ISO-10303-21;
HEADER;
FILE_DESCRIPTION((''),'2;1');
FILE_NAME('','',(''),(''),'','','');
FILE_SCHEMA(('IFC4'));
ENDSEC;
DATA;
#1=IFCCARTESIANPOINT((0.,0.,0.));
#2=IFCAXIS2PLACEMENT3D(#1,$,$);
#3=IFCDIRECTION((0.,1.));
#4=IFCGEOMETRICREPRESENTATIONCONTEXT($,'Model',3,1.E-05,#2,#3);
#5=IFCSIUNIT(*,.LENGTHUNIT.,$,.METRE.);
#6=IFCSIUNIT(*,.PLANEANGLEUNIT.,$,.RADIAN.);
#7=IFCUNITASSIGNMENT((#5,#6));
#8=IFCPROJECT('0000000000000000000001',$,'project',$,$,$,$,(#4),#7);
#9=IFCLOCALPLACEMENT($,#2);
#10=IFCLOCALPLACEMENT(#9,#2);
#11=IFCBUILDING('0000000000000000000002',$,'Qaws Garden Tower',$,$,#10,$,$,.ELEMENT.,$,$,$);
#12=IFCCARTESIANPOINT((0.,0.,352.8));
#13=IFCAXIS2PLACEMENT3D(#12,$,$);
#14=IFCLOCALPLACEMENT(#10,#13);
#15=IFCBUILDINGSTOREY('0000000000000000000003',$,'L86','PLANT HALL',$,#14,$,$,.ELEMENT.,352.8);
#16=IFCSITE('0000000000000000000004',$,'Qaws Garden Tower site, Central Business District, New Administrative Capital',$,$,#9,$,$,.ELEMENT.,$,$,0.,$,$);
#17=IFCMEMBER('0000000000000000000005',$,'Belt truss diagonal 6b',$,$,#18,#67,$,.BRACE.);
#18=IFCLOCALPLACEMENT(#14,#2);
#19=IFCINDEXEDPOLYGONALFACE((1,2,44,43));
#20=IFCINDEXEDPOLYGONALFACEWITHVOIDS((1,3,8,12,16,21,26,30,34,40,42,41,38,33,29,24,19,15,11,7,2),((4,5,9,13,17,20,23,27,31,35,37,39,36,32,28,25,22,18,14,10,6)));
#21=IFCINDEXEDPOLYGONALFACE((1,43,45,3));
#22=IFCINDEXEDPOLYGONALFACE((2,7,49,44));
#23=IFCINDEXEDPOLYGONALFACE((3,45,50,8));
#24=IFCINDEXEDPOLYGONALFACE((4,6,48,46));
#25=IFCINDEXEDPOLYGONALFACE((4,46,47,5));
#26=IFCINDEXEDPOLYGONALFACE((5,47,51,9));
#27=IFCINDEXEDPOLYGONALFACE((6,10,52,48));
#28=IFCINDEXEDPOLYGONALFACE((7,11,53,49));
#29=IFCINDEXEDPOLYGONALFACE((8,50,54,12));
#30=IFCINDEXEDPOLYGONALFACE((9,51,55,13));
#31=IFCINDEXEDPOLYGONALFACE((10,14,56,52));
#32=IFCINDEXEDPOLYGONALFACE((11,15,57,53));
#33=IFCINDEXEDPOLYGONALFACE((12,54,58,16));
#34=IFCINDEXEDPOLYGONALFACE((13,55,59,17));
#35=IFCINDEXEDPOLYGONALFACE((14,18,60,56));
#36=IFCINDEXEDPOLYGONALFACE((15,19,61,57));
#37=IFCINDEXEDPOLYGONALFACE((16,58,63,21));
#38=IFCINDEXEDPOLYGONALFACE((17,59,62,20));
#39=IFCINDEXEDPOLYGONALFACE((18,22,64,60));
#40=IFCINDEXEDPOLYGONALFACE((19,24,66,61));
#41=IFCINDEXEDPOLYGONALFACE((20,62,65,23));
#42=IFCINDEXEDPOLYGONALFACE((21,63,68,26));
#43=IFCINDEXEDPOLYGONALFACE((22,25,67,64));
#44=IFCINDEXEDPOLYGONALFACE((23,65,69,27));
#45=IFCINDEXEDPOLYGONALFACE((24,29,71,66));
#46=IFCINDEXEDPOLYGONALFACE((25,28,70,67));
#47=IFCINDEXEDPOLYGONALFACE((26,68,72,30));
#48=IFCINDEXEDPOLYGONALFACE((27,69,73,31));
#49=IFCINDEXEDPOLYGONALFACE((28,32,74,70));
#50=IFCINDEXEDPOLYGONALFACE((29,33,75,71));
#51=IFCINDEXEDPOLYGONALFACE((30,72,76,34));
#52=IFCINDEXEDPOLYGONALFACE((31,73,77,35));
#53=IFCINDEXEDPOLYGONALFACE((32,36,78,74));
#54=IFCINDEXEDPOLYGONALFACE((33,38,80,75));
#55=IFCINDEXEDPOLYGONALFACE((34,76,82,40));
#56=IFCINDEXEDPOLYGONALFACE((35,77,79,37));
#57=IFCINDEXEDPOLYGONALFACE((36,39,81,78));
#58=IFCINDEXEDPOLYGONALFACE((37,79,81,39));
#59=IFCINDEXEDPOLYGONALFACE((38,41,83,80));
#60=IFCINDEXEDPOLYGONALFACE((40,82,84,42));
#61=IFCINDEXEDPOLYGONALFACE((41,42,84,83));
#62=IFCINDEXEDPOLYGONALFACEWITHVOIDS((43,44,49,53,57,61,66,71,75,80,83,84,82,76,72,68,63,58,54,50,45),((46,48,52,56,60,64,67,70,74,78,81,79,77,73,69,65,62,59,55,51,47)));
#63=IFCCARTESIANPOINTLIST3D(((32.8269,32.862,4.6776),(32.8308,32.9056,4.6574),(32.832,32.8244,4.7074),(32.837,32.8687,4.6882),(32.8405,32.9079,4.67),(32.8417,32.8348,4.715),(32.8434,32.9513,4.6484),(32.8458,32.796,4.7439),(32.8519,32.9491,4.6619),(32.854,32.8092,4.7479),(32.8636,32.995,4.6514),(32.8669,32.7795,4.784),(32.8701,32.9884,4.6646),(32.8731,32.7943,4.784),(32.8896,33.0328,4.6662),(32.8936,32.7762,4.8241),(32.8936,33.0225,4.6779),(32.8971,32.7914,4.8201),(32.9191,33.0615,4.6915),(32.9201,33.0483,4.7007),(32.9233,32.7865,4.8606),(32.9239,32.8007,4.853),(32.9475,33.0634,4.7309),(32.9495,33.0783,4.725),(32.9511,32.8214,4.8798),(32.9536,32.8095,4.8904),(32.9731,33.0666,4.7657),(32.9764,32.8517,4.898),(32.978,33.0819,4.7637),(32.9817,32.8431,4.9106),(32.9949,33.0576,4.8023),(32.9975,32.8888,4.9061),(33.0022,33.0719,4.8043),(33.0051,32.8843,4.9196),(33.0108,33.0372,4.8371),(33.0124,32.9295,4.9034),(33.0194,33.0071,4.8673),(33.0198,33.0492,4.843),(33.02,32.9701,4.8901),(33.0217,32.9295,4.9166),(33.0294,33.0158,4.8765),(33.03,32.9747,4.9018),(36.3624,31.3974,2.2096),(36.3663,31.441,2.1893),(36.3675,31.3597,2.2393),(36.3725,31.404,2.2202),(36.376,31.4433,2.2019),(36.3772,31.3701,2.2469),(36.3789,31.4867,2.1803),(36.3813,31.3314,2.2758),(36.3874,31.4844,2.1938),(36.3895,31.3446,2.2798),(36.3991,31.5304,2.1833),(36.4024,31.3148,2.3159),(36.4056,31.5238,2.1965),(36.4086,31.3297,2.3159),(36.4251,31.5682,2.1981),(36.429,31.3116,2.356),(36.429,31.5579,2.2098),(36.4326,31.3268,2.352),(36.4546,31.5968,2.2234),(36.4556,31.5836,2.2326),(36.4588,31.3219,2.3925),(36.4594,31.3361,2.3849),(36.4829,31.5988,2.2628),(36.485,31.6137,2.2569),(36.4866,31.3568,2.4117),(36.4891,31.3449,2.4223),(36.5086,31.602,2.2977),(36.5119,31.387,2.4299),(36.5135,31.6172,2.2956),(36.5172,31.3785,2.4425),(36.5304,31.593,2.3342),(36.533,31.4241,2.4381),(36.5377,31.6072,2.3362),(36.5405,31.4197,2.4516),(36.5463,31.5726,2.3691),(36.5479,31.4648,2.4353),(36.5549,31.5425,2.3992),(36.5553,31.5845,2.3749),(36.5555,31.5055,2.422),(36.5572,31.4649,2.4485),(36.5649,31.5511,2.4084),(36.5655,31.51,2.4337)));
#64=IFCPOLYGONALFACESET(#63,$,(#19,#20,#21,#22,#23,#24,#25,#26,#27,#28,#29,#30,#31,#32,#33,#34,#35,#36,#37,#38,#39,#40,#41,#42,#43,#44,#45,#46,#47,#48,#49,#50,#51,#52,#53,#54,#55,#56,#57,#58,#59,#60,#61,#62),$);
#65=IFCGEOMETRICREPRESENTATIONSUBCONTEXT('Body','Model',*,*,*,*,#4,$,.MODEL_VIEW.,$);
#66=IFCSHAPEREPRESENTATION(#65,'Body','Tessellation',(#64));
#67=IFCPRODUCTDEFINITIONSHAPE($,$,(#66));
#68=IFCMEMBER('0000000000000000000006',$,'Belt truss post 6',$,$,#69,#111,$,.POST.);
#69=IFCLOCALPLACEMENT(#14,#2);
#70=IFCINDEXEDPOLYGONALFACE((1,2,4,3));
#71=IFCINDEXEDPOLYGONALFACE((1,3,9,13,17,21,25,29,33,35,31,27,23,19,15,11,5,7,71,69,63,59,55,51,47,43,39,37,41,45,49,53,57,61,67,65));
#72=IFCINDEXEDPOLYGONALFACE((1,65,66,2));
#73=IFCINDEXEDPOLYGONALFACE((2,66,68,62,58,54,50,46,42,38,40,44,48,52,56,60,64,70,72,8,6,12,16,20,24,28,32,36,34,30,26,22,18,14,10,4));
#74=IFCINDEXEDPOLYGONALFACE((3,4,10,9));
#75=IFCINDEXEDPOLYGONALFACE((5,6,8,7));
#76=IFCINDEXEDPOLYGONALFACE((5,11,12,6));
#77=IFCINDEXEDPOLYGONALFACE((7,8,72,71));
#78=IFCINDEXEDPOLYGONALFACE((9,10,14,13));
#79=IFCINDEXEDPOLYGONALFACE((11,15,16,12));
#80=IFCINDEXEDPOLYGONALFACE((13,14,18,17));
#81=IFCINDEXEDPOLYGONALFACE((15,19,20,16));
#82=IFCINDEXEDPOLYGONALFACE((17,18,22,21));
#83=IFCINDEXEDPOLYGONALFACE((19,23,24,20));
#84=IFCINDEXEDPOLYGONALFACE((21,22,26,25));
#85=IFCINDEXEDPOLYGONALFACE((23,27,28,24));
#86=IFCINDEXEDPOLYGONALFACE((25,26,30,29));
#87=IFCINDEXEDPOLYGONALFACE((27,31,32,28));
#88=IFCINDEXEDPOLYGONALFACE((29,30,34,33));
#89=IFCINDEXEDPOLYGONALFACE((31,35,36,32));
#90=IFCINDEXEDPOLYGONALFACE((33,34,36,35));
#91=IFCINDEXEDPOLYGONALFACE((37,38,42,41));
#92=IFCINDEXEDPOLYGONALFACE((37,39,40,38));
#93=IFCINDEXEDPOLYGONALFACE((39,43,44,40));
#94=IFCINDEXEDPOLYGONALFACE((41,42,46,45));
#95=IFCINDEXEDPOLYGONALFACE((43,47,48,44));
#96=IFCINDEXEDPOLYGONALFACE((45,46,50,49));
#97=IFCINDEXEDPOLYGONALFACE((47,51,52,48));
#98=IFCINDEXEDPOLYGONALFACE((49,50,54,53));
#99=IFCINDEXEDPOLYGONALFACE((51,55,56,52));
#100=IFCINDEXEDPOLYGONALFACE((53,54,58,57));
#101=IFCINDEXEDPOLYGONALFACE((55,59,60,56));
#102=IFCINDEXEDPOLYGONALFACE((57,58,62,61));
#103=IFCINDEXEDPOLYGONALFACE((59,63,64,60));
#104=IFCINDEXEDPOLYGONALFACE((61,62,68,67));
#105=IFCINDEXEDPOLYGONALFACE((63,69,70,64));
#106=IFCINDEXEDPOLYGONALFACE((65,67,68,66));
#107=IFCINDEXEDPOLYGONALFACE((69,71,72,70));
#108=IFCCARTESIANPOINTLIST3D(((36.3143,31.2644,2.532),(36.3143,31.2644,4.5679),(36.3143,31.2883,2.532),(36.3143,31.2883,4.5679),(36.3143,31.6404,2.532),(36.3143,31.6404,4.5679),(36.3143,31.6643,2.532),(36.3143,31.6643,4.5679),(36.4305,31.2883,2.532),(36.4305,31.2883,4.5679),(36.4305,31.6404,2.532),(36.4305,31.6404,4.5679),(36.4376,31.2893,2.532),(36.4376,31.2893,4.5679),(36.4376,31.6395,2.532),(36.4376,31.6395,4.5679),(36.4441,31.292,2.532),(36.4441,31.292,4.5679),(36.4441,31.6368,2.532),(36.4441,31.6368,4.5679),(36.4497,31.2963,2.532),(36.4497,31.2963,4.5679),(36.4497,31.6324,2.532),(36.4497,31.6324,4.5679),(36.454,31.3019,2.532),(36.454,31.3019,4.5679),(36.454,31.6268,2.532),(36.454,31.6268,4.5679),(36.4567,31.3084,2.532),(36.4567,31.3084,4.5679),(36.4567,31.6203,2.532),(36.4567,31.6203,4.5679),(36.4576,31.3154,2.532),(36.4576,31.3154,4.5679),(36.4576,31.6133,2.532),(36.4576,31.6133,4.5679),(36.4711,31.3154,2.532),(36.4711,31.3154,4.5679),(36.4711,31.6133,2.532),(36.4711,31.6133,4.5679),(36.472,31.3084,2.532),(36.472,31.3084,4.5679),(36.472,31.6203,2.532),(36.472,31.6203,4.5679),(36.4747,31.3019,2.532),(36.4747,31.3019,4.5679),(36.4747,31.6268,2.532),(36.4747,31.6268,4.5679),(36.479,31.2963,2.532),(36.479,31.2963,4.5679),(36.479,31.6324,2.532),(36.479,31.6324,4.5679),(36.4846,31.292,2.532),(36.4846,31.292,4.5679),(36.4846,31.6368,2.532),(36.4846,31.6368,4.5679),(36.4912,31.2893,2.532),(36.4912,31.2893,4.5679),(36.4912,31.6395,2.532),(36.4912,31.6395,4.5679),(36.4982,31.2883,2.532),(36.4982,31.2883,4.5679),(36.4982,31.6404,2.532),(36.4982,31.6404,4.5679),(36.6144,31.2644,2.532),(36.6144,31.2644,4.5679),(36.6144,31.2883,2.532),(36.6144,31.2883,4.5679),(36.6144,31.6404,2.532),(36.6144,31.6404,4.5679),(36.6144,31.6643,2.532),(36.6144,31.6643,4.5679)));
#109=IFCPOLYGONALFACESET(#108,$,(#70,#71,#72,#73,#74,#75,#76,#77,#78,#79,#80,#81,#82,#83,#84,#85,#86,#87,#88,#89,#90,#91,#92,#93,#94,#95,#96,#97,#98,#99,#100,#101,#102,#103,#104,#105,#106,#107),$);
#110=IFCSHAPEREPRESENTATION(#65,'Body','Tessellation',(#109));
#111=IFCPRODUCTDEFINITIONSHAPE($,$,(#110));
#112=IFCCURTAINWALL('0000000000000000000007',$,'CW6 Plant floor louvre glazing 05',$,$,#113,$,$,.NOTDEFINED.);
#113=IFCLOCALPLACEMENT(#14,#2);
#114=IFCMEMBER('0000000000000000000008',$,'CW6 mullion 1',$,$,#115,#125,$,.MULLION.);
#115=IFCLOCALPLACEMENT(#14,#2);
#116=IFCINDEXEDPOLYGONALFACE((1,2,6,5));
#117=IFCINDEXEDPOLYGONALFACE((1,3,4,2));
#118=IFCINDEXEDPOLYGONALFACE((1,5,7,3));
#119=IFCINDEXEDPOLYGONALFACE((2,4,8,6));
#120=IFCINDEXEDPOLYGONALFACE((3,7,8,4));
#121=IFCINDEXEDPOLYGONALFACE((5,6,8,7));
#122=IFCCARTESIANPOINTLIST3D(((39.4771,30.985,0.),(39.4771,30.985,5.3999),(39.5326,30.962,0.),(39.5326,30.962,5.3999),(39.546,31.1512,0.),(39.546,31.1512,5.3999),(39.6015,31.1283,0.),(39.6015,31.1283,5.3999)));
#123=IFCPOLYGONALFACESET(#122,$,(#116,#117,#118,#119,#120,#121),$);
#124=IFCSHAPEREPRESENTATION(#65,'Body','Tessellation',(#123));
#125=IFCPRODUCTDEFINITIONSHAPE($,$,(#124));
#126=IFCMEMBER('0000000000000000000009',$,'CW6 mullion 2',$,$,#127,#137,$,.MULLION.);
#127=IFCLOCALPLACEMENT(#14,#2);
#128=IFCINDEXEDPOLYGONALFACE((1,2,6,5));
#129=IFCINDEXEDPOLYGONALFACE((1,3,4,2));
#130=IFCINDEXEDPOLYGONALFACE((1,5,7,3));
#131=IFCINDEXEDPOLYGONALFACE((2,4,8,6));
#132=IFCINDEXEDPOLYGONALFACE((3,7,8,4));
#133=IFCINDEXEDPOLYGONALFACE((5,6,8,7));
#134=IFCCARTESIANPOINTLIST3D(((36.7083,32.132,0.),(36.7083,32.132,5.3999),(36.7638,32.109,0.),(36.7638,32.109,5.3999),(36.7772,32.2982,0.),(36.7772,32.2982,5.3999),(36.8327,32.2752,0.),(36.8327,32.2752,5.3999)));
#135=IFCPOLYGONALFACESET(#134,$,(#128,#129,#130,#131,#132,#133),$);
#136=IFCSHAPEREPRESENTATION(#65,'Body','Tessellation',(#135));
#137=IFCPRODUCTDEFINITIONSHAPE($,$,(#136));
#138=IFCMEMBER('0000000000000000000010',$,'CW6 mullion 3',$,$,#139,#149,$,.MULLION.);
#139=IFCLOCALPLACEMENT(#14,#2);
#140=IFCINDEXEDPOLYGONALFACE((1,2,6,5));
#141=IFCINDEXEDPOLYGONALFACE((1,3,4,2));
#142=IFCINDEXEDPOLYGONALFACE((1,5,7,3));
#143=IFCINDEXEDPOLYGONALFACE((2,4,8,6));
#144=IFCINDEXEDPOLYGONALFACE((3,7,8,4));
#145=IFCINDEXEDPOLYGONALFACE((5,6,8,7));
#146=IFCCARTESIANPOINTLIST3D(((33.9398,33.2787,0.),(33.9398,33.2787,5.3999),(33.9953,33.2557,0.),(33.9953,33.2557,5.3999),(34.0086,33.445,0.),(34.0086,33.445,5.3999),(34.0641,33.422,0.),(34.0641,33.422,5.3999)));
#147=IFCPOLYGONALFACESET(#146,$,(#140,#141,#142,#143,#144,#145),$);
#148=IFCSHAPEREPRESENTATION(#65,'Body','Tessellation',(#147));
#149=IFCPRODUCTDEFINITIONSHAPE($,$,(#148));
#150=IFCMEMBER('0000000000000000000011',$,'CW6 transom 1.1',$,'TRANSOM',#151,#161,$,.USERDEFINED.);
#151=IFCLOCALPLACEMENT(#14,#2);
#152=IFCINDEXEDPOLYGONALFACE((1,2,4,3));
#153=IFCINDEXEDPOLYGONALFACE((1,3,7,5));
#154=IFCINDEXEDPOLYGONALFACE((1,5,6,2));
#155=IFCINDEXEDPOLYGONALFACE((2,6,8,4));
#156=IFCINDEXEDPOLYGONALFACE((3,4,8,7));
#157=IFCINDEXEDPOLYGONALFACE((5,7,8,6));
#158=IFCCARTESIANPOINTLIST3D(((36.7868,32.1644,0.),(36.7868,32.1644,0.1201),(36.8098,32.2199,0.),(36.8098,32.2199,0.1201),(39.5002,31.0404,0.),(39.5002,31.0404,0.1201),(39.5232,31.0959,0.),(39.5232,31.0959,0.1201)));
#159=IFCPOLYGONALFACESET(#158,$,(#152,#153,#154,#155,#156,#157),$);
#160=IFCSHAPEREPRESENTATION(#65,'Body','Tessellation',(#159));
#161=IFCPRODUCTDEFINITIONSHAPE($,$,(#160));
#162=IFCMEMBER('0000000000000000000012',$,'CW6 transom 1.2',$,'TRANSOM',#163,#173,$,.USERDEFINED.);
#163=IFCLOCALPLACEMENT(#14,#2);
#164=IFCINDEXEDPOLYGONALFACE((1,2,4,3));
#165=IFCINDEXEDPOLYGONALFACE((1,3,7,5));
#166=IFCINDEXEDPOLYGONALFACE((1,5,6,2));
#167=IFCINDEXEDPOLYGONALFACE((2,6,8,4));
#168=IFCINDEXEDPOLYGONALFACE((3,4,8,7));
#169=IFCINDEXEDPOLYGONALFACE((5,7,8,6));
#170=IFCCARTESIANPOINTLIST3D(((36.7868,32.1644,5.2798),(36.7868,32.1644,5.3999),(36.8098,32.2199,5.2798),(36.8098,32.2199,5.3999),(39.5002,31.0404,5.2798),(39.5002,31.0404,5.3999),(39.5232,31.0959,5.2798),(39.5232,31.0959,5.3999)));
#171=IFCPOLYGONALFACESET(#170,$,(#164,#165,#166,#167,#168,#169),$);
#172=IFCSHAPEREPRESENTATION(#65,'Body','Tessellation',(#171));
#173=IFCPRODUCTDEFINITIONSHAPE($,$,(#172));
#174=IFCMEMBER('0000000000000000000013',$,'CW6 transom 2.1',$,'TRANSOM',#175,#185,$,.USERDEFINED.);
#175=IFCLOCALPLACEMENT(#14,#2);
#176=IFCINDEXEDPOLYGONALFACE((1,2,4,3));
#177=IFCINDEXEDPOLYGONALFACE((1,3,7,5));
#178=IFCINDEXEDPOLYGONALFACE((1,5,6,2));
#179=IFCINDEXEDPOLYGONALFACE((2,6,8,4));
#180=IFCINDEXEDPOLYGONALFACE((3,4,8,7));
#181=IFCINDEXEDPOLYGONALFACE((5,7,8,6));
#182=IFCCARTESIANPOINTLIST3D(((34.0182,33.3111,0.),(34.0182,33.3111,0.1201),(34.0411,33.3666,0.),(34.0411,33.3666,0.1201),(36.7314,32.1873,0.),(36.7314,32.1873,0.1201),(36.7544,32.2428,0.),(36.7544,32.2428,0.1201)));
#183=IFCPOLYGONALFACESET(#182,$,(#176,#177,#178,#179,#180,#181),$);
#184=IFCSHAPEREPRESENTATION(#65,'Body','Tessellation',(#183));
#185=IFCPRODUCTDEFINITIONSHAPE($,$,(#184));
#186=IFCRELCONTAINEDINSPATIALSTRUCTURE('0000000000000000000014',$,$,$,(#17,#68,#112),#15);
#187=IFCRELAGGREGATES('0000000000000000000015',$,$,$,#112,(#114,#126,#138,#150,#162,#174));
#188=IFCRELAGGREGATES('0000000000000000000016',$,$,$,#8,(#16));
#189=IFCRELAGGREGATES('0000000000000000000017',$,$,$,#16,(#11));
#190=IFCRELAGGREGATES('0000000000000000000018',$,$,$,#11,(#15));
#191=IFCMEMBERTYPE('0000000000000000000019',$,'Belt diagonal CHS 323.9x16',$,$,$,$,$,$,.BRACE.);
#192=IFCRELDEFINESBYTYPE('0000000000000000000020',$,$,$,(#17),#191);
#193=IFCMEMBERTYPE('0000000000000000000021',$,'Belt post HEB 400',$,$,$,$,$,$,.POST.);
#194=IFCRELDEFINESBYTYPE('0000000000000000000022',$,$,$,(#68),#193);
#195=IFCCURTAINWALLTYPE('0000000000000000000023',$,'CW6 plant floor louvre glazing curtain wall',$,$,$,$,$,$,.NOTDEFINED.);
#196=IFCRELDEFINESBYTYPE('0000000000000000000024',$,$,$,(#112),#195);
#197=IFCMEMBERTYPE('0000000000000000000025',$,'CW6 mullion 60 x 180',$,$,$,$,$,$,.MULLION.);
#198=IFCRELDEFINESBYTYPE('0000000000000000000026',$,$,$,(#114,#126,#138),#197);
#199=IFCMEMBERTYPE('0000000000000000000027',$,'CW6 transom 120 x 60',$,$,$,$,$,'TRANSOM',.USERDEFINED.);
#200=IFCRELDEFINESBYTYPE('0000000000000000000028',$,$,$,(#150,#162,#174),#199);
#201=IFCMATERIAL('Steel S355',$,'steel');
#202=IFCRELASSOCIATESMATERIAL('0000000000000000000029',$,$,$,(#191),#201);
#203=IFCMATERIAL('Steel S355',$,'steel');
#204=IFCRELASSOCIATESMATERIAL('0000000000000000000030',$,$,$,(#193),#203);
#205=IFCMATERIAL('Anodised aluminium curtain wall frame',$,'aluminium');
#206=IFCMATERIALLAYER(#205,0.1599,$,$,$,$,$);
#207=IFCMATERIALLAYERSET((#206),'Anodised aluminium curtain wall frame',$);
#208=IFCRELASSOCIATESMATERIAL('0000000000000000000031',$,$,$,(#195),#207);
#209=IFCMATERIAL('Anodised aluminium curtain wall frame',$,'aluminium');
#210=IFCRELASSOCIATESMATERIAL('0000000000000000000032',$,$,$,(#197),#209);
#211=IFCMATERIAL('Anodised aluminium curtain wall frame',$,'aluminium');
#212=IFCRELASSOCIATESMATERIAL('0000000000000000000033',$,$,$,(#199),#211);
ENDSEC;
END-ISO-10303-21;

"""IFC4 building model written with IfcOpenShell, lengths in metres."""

from ifc_helpers import new_model, si_unit, direction, frame, origin, origin_2d, place, context, subcontext, project, spatial, rectangle, hollow_circle, i_section, extrude, material, layer, layer_set, material_profile, profile_set, type_object, element, aggregate, save


model = new_model("IFC4")

# Units and contexts
model_context = context("Model", 3, precision=1e-05, world=origin(), true_north=direction((0.0, 1.0)))
body_context = subcontext(model_context, "Body", "Model", "MODEL_VIEW")
ifc_project = project(units=[si_unit("LENGTHUNIT", "METRE"), si_unit("PLANEANGLEUNIT", "RADIAN")], contexts=[model_context])

# Site, building, storey
site_placement = place(None, origin())
site = spatial("IfcSite", under=ifc_project, at=site_placement, Name="Qaws Garden Tower site, Central Business District, New Administrative Capital", CompositionType="ELEMENT", RefElevation=0.0)
building_placement = place(site_placement, origin())
building = spatial("IfcBuilding", under=site, at=building_placement, Name="Qaws Garden Tower", CompositionType="ELEMENT")
storey_placement = place(building_placement, frame((0.0, 0.0, 352.8)))
storey = spatial("IfcBuildingStorey", under=building, at=storey_placement, Name="L86", Description="PLANT HALL", CompositionType="ELEMENT", Elevation=352.8)

# Members
ifc_material_1 = material(Name="Steel S355", Category="steel")
ifc_material_profile_1 = material_profile(ifc_material_1, hollow_circle(Radius=0.1619, WallThickness=0.0161, at=origin_2d()), Name="CHS 323.9x16")
ifc_profile_set_1 = profile_set([ifc_material_profile_1], Name="Steel S355")
member_type_1 = type_object("IfcMemberType", Name="Belt diagonal CHS 323.9x16", PredefinedType="BRACE", material=ifc_profile_set_1)
for number, where, z_axis, x_axis, name in (
    (1, (36.4644, 31.4644, 2.3159), (-0.776398, 0.321636, 0.541993), (-0.382726, -0.923862, 0.0), "Belt truss diagonal 6b"),
):
    element("IfcMember", number, at=place(storey_placement, frame(where, z_axis=z_axis, x_axis=x_axis)), inside=storey, type_object=member_type_1, Name=name, PredefinedType="BRACE", context=body_context, shape_type="SweptSolid", body=[
        extrude(hollow_circle(Radius=0.1619, WallThickness=0.0161, at=origin_2d()), origin(), (0.0, 0.0, 1.0), 4.5537),
    ])
ifc_material_2 = material(Name="Steel S355", Category="steel")
ifc_material_profile_2 = material_profile(ifc_material_2, i_section(OverallWidth=0.3, OverallDepth=0.3999, WebThickness=0.0134, FlangeThickness=0.0239, FilletRadius=0.0271, at=origin_2d()), Name="HEB 400")
ifc_profile_set_2 = profile_set([ifc_material_profile_2], Name="Steel S355")
member_type_2 = type_object("IfcMemberType", Name="Belt post HEB 400", PredefinedType="POST", material=ifc_profile_set_2)
member_1_placement = place(storey_placement, frame((36.4644, 31.4644, 2.532), z_axis=(0.0, 0.0, 1.0), x_axis=(1.0, 0.0, 0.0)))
element("IfcMember", 2, at=member_1_placement, inside=storey, type_object=member_type_2, Name="Belt truss post 6", PredefinedType="POST", context=body_context, shape_type="SweptSolid", body=[
    extrude(i_section(OverallWidth=0.3, OverallDepth=0.3999, WebThickness=0.0134, FlangeThickness=0.0239, FilletRadius=0.0271, at=origin_2d()), origin(), (0.0, 0.0, 1.0), 2.0359),
])

# Curtain wall, members
ifc_material_3 = material(Name="Anodised aluminium curtain wall frame", Category="aluminium")
ifc_layer_1 = layer(ifc_material_3, 0.1599)
ifc_layer_set_1 = layer_set([ifc_layer_1], Name="Anodised aluminium curtain wall frame")
curtain_wall_type = type_object("IfcCurtainWallType", Name="CW6 plant floor louvre glazing curtain wall", PredefinedType="NOTDEFINED", material=ifc_layer_set_1)
placement_1 = place(storey_placement, origin())
curtain_wall_1 = element("IfcCurtainWall", 3, at=placement_1, inside=storey, type_object=curtain_wall_type, Name="CW6 Plant floor louvre glazing 05", PredefinedType="NOTDEFINED")
ifc_material_4 = material(Name="Anodised aluminium curtain wall frame", Category="aluminium")
ifc_material_profile_3 = material_profile(ifc_material_4, rectangle(XDim=0.1799, YDim=0.0601, at=origin_2d()), Name="AL 60x180")
ifc_profile_set_3 = profile_set([ifc_material_profile_3], Name="Anodised aluminium curtain wall frame")
member_type_3 = type_object("IfcMemberType", Name="CW6 mullion 60 x 180", PredefinedType="MULLION", material=ifc_profile_set_3)
member_2_placement = place(storey_placement, frame((39.5393, 31.0566, 0.0), z_axis=(0.0, 0.0, 1.0), x_axis=(-0.382683, -0.92388, 0.0)))
member_2 = element("IfcMember", 4, at=member_2_placement, type_object=member_type_3, Name="CW6 mullion 1", PredefinedType="MULLION", context=body_context, shape_type="SweptSolid", body=[
    extrude(rectangle(XDim=0.1799, YDim=0.0601, at=origin_2d()), origin(), (0.0, 0.0, 1.0), 5.3999),
])
member_3_placement = place(storey_placement, frame((36.7705, 32.2036, 0.0), z_axis=(0.0, 0.0, 1.0), x_axis=(-0.382683, -0.92388, 0.0)))
member_3 = element("IfcMember", 5, at=member_3_placement, type_object=member_type_3, Name="CW6 mullion 2", PredefinedType="MULLION", context=body_context, shape_type="SweptSolid", body=[
    extrude(rectangle(XDim=0.1799, YDim=0.0601, at=origin_2d()), origin(), (0.0, 0.0, 1.0), 5.3999),
])
member_4_placement = place(storey_placement, frame((34.002, 33.3503, 0.0), z_axis=(0.0, 0.0, 1.0), x_axis=(-0.382683, -0.92388, 0.0)))
member_4 = element("IfcMember", 6, at=member_4_placement, type_object=member_type_3, Name="CW6 mullion 3", PredefinedType="MULLION", context=body_context, shape_type="SweptSolid", body=[
    extrude(rectangle(XDim=0.1799, YDim=0.0601, at=origin_2d()), origin(), (0.0, 0.0, 1.0), 5.3999),
])
ifc_material_5 = material(Name="Anodised aluminium curtain wall frame", Category="aluminium")
ifc_material_profile_4 = material_profile(ifc_material_5, rectangle(XDim=0.0601, YDim=0.1201, at=origin_2d()), Name="AL 60x120")
ifc_profile_set_4 = profile_set([ifc_material_profile_4], Name="Anodised aluminium curtain wall frame")
member_type_4 = type_object("IfcMemberType", Name="CW6 transom 120 x 60", ElementType="TRANSOM", PredefinedType="USERDEFINED", material=ifc_profile_set_4)
member_5_placement = place(storey_placement, frame((39.5117, 31.0681, 0.0601), z_axis=(-0.923867, 0.382714, 0.0), x_axis=(-0.382714, -0.923867, 0.0)))
member_5 = element("IfcMember", 7, at=member_5_placement, type_object=member_type_4, Name="CW6 transom 1.1", ObjectType="TRANSOM", PredefinedType="USERDEFINED", context=body_context, shape_type="SweptSolid", body=[
    extrude(rectangle(XDim=0.0601, YDim=0.1201, at=origin_2d()), origin(), (0.0, 0.0, 1.0), 2.937),
])
member_6_placement = place(storey_placement, frame((39.5117, 31.0681, 5.3398), z_axis=(-0.923867, 0.382714, 0.0), x_axis=(-0.382714, -0.923867, 0.0)))
member_6 = element("IfcMember", 8, at=member_6_placement, type_object=member_type_4, Name="CW6 transom 1.2", ObjectType="TRANSOM", PredefinedType="USERDEFINED", context=body_context, shape_type="SweptSolid", body=[
    extrude(rectangle(XDim=0.0601, YDim=0.1201, at=origin_2d()), origin(), (0.0, 0.0, 1.0), 2.937),
])
member_7_placement = place(storey_placement, frame((36.7429, 32.2151, 0.0601), z_axis=(-0.923896, 0.382643, 0.0), x_axis=(-0.382643, -0.923896, 0.0)))
member_7 = element("IfcMember", 9, at=member_7_placement, type_object=member_type_4, Name="CW6 transom 2.1", ObjectType="TRANSOM", PredefinedType="USERDEFINED", context=body_context, shape_type="SweptSolid", body=[
    extrude(rectangle(XDim=0.0601, YDim=0.1201, at=origin_2d()), origin(), (0.0, 0.0, 1.0), 2.9368),
])

aggregate(curtain_wall_1, [member_2, member_3, member_4, member_5, member_6, member_7])

save(model, "model.ifc")
